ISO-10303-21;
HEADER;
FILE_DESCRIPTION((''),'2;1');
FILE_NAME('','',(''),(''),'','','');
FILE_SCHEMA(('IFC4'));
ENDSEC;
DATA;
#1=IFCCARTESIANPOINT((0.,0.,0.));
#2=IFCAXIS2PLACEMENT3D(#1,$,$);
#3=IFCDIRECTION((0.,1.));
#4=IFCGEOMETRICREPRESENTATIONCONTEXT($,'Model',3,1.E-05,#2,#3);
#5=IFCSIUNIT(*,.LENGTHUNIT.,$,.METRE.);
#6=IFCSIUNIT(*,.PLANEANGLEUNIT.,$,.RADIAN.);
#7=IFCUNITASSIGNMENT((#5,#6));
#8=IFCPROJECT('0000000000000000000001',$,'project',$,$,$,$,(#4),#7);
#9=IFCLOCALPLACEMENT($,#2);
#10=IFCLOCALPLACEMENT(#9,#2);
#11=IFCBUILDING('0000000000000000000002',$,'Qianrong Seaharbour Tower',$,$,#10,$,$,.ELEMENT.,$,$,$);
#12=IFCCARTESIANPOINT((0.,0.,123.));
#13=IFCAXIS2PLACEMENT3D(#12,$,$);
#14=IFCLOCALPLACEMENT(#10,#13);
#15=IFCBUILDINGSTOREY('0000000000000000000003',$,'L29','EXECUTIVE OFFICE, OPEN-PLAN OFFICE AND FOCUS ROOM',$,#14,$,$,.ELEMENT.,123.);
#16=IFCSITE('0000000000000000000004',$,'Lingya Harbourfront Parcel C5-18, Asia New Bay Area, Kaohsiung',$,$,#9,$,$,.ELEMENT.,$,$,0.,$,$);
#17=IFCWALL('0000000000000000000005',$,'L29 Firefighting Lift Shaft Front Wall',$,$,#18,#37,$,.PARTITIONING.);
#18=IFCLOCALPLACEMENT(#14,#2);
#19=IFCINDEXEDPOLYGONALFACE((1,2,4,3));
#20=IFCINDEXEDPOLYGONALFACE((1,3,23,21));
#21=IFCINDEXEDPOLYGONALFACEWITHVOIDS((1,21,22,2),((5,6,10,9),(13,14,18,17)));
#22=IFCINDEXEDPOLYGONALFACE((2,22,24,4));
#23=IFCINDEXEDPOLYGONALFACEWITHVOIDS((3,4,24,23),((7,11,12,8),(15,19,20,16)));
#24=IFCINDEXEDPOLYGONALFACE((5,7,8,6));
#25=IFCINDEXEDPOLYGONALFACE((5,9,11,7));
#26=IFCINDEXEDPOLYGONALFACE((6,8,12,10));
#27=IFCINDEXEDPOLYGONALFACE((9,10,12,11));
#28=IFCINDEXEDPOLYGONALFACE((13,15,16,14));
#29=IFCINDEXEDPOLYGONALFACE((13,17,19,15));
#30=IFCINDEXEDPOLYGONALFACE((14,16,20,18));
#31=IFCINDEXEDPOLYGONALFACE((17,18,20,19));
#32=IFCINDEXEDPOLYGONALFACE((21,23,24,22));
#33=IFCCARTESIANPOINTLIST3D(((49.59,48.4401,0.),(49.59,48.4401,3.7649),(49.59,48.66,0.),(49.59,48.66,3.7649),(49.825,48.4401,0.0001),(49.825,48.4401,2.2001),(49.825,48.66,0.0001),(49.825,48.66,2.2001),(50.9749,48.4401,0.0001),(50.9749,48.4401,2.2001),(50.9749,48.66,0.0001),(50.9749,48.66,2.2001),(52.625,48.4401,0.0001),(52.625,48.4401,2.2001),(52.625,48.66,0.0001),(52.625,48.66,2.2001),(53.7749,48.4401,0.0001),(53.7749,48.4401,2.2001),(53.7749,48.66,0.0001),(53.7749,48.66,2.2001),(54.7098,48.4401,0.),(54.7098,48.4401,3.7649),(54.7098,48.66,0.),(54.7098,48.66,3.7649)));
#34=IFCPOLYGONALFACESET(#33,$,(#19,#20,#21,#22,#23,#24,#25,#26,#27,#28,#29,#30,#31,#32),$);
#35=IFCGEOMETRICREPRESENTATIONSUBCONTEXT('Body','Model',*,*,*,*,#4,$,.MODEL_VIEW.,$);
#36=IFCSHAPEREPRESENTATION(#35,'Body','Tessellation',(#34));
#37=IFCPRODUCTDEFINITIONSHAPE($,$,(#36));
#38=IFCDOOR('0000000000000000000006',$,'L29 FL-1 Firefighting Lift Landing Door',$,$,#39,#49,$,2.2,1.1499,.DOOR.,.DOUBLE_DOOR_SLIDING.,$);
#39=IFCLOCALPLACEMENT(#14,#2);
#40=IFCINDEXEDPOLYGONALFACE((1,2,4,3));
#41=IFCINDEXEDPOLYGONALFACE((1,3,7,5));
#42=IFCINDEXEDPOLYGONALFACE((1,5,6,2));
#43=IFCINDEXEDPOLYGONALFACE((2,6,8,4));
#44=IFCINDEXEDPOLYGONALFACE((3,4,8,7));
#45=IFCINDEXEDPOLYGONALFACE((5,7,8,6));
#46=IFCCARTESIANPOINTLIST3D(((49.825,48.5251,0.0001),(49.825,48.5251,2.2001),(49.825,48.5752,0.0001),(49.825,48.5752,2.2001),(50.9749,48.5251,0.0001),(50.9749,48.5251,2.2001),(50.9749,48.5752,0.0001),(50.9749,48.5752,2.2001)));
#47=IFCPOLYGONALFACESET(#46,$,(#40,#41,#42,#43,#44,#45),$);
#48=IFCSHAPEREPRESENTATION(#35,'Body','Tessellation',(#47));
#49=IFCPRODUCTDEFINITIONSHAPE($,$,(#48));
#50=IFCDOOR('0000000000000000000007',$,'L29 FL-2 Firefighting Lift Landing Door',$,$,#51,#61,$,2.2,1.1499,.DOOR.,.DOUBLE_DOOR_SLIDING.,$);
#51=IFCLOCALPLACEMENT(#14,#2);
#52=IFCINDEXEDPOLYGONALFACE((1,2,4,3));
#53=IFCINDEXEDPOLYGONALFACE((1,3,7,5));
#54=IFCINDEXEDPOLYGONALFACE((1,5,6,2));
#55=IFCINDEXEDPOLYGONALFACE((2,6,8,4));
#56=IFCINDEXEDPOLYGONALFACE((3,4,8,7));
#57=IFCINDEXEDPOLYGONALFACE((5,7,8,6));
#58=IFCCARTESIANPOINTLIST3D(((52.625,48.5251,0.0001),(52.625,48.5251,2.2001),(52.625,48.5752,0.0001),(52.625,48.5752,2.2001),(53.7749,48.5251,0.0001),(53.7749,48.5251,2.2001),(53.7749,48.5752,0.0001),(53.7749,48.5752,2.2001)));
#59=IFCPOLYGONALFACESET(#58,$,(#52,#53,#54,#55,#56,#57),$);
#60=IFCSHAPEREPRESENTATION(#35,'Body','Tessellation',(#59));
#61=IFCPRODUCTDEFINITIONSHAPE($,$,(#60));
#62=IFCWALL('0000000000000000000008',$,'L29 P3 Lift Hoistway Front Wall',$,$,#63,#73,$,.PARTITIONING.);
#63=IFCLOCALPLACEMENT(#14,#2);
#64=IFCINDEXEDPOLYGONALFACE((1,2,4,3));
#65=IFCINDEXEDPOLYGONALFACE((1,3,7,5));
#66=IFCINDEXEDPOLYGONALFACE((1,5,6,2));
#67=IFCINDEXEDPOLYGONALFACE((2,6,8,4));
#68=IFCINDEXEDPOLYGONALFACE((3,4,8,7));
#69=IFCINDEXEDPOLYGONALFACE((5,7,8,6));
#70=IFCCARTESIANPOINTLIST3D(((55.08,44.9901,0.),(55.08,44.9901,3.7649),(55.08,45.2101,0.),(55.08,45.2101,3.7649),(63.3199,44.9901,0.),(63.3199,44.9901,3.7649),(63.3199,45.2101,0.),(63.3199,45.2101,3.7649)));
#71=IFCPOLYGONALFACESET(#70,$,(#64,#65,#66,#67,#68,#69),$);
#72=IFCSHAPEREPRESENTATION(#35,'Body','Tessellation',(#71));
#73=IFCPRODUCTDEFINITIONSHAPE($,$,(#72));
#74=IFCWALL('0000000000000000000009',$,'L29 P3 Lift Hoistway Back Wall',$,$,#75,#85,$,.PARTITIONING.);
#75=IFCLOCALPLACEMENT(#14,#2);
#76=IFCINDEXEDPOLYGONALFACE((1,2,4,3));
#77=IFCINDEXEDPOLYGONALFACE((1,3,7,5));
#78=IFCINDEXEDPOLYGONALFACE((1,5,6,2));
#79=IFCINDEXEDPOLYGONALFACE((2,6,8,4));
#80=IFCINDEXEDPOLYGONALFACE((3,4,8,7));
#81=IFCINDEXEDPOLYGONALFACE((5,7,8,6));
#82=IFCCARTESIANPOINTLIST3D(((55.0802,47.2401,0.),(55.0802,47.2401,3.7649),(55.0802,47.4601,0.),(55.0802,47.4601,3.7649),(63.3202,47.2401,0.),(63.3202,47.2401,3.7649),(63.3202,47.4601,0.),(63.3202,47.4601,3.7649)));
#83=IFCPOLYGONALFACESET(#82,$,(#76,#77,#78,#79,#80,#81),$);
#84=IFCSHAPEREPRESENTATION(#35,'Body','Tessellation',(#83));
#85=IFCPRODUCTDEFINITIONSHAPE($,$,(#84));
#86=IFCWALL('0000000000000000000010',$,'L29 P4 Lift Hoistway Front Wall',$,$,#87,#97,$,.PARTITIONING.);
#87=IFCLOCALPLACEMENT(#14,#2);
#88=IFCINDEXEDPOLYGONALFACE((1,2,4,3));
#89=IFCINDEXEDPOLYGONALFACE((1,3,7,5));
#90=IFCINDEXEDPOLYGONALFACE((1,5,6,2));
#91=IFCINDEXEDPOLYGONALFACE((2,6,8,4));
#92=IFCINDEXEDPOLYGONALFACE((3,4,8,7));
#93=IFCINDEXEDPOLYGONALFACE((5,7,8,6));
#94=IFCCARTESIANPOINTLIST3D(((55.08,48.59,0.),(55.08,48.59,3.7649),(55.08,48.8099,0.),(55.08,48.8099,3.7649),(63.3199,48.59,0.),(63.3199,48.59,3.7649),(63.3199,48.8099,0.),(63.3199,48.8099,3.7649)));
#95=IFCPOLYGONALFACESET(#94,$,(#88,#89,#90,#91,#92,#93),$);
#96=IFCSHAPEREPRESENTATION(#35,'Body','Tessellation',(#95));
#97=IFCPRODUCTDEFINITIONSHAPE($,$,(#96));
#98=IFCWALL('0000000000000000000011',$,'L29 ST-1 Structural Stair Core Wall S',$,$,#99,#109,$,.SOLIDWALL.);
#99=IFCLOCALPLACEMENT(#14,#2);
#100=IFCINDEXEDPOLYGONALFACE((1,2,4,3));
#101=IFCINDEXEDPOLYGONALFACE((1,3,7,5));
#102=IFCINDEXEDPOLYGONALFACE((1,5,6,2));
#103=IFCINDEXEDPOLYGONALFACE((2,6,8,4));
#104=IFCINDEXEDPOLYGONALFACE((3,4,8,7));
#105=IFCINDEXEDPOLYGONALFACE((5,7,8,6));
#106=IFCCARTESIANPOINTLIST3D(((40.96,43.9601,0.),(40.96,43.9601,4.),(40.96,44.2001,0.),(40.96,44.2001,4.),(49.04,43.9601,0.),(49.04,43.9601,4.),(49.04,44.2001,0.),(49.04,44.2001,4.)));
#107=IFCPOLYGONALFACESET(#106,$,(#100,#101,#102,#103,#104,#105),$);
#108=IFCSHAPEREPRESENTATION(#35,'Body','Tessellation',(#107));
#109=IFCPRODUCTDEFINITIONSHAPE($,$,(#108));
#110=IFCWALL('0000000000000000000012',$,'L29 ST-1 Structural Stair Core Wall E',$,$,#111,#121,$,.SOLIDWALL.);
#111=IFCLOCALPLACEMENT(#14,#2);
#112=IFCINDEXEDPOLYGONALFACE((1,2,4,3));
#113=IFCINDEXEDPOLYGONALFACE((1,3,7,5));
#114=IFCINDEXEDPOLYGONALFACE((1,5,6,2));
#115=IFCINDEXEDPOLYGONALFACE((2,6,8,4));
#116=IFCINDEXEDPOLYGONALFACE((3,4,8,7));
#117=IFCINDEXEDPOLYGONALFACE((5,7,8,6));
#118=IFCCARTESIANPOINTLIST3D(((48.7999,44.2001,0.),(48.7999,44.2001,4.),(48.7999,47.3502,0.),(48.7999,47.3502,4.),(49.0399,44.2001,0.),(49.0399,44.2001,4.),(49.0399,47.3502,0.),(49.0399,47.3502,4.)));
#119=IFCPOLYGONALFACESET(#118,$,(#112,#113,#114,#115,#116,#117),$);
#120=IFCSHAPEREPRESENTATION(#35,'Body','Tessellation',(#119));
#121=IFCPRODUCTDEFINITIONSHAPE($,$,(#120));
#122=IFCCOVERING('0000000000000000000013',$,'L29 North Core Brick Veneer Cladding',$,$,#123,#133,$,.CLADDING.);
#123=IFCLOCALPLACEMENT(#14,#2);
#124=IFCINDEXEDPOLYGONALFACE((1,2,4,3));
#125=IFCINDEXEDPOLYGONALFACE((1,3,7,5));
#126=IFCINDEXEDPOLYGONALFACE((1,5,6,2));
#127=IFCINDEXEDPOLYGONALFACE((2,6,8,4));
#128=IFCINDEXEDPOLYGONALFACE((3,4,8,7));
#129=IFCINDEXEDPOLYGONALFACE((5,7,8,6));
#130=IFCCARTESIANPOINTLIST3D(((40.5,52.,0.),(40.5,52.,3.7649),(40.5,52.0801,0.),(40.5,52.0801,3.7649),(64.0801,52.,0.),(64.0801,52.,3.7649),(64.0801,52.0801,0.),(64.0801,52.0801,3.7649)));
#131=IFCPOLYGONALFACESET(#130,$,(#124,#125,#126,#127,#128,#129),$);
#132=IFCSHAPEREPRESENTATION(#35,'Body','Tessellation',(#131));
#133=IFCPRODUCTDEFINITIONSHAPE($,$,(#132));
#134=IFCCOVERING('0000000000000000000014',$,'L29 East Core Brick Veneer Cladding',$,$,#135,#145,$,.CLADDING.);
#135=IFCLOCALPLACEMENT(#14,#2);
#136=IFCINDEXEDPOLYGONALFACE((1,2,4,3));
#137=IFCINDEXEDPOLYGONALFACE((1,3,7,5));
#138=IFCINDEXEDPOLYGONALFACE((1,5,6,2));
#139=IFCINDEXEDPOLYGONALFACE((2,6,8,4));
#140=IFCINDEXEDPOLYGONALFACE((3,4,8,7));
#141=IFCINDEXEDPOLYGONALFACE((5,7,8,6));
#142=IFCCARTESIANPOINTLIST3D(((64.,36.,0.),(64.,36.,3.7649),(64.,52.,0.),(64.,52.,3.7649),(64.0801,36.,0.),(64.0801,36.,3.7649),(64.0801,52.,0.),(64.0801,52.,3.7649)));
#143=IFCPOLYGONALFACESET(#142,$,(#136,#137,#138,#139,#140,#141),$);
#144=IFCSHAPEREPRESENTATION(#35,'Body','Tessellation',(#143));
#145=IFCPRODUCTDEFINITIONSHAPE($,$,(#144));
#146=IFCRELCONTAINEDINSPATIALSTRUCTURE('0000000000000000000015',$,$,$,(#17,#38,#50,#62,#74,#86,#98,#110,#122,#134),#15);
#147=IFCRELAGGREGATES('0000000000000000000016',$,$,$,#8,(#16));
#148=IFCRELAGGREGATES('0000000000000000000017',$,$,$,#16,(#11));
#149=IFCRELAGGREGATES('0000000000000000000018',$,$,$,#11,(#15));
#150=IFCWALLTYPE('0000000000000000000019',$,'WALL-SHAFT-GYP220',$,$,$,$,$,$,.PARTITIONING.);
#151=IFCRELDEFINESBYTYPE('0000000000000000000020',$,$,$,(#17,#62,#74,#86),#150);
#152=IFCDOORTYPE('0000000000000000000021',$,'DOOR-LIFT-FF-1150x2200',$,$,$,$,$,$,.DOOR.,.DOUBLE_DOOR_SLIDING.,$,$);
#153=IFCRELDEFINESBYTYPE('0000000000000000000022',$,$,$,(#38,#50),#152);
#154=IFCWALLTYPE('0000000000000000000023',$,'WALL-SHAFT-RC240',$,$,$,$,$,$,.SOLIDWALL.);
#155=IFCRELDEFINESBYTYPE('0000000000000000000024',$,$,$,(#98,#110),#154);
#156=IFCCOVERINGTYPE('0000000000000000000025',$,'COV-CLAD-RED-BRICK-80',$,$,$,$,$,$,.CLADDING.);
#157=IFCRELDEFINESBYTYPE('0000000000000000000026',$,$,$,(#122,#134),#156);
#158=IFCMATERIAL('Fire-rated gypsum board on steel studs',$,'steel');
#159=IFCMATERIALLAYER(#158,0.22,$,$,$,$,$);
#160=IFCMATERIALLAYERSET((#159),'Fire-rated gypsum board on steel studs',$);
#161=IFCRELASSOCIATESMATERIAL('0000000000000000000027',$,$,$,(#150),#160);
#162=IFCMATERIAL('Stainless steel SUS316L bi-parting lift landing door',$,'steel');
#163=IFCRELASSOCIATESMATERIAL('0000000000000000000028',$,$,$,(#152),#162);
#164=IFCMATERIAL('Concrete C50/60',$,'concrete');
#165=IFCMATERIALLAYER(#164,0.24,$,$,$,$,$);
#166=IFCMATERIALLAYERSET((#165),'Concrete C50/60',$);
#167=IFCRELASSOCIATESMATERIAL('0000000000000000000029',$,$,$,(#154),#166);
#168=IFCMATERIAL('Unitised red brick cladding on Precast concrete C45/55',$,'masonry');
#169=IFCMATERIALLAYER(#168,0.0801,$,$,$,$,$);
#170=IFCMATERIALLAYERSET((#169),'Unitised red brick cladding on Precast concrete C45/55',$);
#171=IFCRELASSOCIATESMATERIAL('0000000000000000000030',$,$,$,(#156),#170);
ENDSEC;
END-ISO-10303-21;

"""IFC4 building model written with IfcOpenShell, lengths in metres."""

from ifc_helpers import new_model, si_unit, direction, frame, frame_2d, origin, origin_2d, place, context, subcontext, project, spatial, rectangle, extrude, material, layer, layer_set, type_object, element, fill, save


model = new_model("IFC4")

# Units and contexts
model_context = context("Model", 3, precision=1e-05, world=origin(), true_north=direction((0.0, 1.0)))
body_context = subcontext(model_context, "Body", "Model", "MODEL_VIEW")
ifc_project = project(units=[si_unit("LENGTHUNIT", "METRE"), si_unit("PLANEANGLEUNIT", "RADIAN")], contexts=[model_context])

# Site, building, storey
site_placement = place(None, origin())
site = spatial("IfcSite", under=ifc_project, at=site_placement, Name="Lingya Harbourfront Parcel C5-18, Asia New Bay Area, Kaohsiung", CompositionType="ELEMENT", RefElevation=0.0)
building_placement = place(site_placement, origin())
building = spatial("IfcBuilding", under=site, at=building_placement, Name="Qianrong Seaharbour Tower", CompositionType="ELEMENT")
storey_placement = place(building_placement, frame((0.0, 0.0, 123.0)))
storey = spatial("IfcBuildingStorey", under=building, at=storey_placement, Name="L29", Description="EXECUTIVE OFFICE, OPEN-PLAN OFFICE AND FOCUS ROOM", CompositionType="ELEMENT", Elevation=123.0)

# Shared definitions
ifc_material_1 = material(Name="Fire-rated gypsum board on steel studs", Category="steel")

# Wall, openings, doors
ifc_layer_1 = layer(ifc_material_1, 0.22)
ifc_layer_set_1 = layer_set([ifc_layer_1], Name="Fire-rated gypsum board on steel studs")
wall_type_1 = type_object("IfcWallType", Name="WALL-SHAFT-GYP220", PredefinedType="PARTITIONING", material=ifc_layer_set_1)
wall_1_placement = place(storey_placement, frame((54.71, 48.55, 0.0), z_axis=(0.0, 0.0, 1.0), x_axis=(-1.0, 0.0, 0.0)))
wall_1 = element("IfcWall", 1, at=wall_1_placement, inside=storey, type_object=wall_type_1, Name="L29 Firefighting Lift Shaft Front Wall", PredefinedType="PARTITIONING", context=body_context, shape_type="SweptSolid", body=[
    extrude(rectangle(XDim=5.1199, YDim=0.22, at=frame_2d((2.5601, 0.0))), origin(), (0.0, 0.0, 1.0), 3.7649),
])
opening_1_placement = place(wall_1_placement, frame((3.7351, 0.0, 0.0)))
opening_1 = element("IfcOpeningElement", 2, at=opening_1_placement, cuts=wall_1, PredefinedType="OPENING", context=body_context, shape_type="SweptSolid", body=[
    extrude(rectangle(XDim=1.1499, YDim=2.2, at=frame_2d((0.575, 1.1001))), frame((0.0, 0.1201, 0.0), z_axis=(0.0, -1.0, 0.0), x_axis=(1.0, 0.0, 0.0)), (0.0, 0.0, 1.0), 0.24),
])
opening_2_placement = place(wall_1_placement, frame((0.9351, 0.0, 0.0)))
opening_2 = element("IfcOpeningElement", 3, at=opening_2_placement, cuts=wall_1, PredefinedType="OPENING", context=body_context, shape_type="SweptSolid", body=[
    extrude(rectangle(XDim=1.1499, YDim=2.2, at=frame_2d((0.575, 1.1001))), frame((0.0, 0.1201, 0.0), z_axis=(0.0, -1.0, 0.0), x_axis=(1.0, 0.0, 0.0)), (0.0, 0.0, 1.0), 0.24),
])
ifc_material_2 = material(Name="Stainless steel SUS316L bi-parting lift landing door", Category="steel")
door_type_1 = type_object("IfcDoorType", Name="DOOR-LIFT-FF-1150x2200", OperationType="DOUBLE_DOOR_SLIDING", PredefinedType="DOOR", material=ifc_material_2)
door_1_placement = place(opening_1_placement, origin())
door_1 = element("IfcDoor", 4, at=door_1_placement, inside=storey, type_object=door_type_1, Name="L29 FL-1 Firefighting Lift Landing Door", OperationType="DOUBLE_DOOR_SLIDING", OverallHeight=2.2, OverallWidth=1.1499, PredefinedType="DOOR", context=body_context, shape_type="SweptSolid", body=[
    extrude(rectangle(XDim=1.1499, YDim=2.2, at=frame_2d((0.575, 1.1001))), frame((0.0, 0.0249, 0.0), z_axis=(0.0, -1.0, 0.0), x_axis=(1.0, 0.0, 0.0)), (0.0, 0.0, 1.0), 0.05),
])
fill(opening_1, door_1)
door_2_placement = place(opening_2_placement, origin())
door_2 = element("IfcDoor", 5, at=door_2_placement, inside=storey, type_object=door_type_1, Name="L29 FL-2 Firefighting Lift Landing Door", OperationType="DOUBLE_DOOR_SLIDING", OverallHeight=2.2, OverallWidth=1.1499, PredefinedType="DOOR", context=body_context, shape_type="SweptSolid", body=[
    extrude(rectangle(XDim=1.1499, YDim=2.2, at=frame_2d((0.575, 1.1001))), frame((0.0, 0.0249, 0.0), z_axis=(0.0, -1.0, 0.0), x_axis=(1.0, 0.0, 0.0)), (0.0, 0.0, 1.0), 0.05),
])
fill(opening_2, door_2)

# Walls
for number, where, z_axis, x_axis, name in (
    (6, (63.3201, 45.1001, 0.0), (0.0, 0.0, 1.0), (-1.0, 0.0, 0.0), "L29 P3 Lift Hoistway Front Wall"),
    (7, (55.0801, 47.3501, 0.0), (0.0, 0.0, 1.0), (1.0, 0.0, 0.0), "L29 P3 Lift Hoistway Back Wall"),
    (8, (63.3201, 48.7, 0.0), (0.0, 0.0, 1.0), (-1.0, 0.0, 0.0), "L29 P4 Lift Hoistway Front Wall"),
):
    element("IfcWall", number, at=place(storey_placement, frame(where, z_axis=z_axis, x_axis=x_axis)), inside=storey, type_object=wall_type_1, Name=name, PredefinedType="PARTITIONING", context=body_context, shape_type="SweptSolid", body=[
        extrude(rectangle(XDim=8.24, YDim=0.22, at=frame_2d((4.1201, 0.0))), origin(), (0.0, 0.0, 1.0), 3.7649),
    ])
ifc_material_3 = material(Name="Concrete C50/60", Category="concrete")
ifc_layer_2 = layer(ifc_material_3, 0.24)
ifc_layer_set_2 = layer_set([ifc_layer_2], Name="Concrete C50/60")
wall_type_2 = type_object("IfcWallType", Name="WALL-SHAFT-RC240", PredefinedType="SOLIDWALL", material=ifc_layer_set_2)
wall_2_placement = place(storey_placement, frame((49.04, 44.0801, 0.0), z_axis=(0.0, 0.0, 1.0), x_axis=(-1.0, 0.0, 0.0)))
element("IfcWall", 9, at=wall_2_placement, inside=storey, type_object=wall_type_2, Name="L29 ST-1 Structural Stair Core Wall S", PredefinedType="SOLIDWALL", context=body_context, shape_type="SweptSolid", body=[
    extrude(rectangle(XDim=8.0801, YDim=0.24, at=frame_2d((4.04, 0.0))), origin(), (0.0, 0.0, 1.0), 4.0),
])
wall_3_placement = place(storey_placement, frame((48.9199, 44.2, 0.0), z_axis=(0.0, 0.0, 1.0), x_axis=(0.0, 1.0, 0.0)))
element("IfcWall", 10, at=wall_3_placement, inside=storey, type_object=wall_type_2, Name="L29 ST-1 Structural Stair Core Wall E", PredefinedType="SOLIDWALL", context=body_context, shape_type="SweptSolid", body=[
    extrude(rectangle(XDim=3.1501, YDim=0.24, at=frame_2d((1.5752, 0.0))), origin(), (0.0, 0.0, 1.0), 4.0),
])

# Coverings
ifc_material_4 = material(Name="Unitised red brick cladding on Precast concrete C45/55", Category="masonry")
ifc_layer_3 = layer(ifc_material_4, 0.0801)
ifc_layer_set_3 = layer_set([ifc_layer_3], Name="Unitised red brick cladding on Precast concrete C45/55")
covering_type = type_object("IfcCoveringType", Name="COV-CLAD-RED-BRICK-80", PredefinedType="CLADDING", material=ifc_layer_set_3)
covering_1_placement = place(storey_placement, frame((52.29, 52.04, 0.0), z_axis=(0.0, 0.0, 1.0), x_axis=(1.0, 0.0, 0.0)))
element("IfcCovering", 11, at=covering_1_placement, inside=storey, type_object=covering_type, Name="L29 North Core Brick Veneer Cladding", PredefinedType="CLADDING", context=body_context, shape_type="SweptSolid", body=[
    extrude(rectangle(XDim=23.5801, YDim=0.0801, at=origin_2d()), origin(), (0.0, 0.0, 1.0), 3.7649),
])
covering_2_placement = place(storey_placement, frame((64.04, 44.0, 0.0), z_axis=(0.0, 0.0, 1.0), x_axis=(1.0, 0.0, 0.0)))
element("IfcCovering", 12, at=covering_2_placement, inside=storey, type_object=covering_type, Name="L29 East Core Brick Veneer Cladding", PredefinedType="CLADDING", context=body_context, shape_type="SweptSolid", body=[
    extrude(rectangle(XDim=0.0801, YDim=16.0, at=origin_2d()), origin(), (0.0, 0.0, 1.0), 3.7649),
])

save(model, "model.ifc")
